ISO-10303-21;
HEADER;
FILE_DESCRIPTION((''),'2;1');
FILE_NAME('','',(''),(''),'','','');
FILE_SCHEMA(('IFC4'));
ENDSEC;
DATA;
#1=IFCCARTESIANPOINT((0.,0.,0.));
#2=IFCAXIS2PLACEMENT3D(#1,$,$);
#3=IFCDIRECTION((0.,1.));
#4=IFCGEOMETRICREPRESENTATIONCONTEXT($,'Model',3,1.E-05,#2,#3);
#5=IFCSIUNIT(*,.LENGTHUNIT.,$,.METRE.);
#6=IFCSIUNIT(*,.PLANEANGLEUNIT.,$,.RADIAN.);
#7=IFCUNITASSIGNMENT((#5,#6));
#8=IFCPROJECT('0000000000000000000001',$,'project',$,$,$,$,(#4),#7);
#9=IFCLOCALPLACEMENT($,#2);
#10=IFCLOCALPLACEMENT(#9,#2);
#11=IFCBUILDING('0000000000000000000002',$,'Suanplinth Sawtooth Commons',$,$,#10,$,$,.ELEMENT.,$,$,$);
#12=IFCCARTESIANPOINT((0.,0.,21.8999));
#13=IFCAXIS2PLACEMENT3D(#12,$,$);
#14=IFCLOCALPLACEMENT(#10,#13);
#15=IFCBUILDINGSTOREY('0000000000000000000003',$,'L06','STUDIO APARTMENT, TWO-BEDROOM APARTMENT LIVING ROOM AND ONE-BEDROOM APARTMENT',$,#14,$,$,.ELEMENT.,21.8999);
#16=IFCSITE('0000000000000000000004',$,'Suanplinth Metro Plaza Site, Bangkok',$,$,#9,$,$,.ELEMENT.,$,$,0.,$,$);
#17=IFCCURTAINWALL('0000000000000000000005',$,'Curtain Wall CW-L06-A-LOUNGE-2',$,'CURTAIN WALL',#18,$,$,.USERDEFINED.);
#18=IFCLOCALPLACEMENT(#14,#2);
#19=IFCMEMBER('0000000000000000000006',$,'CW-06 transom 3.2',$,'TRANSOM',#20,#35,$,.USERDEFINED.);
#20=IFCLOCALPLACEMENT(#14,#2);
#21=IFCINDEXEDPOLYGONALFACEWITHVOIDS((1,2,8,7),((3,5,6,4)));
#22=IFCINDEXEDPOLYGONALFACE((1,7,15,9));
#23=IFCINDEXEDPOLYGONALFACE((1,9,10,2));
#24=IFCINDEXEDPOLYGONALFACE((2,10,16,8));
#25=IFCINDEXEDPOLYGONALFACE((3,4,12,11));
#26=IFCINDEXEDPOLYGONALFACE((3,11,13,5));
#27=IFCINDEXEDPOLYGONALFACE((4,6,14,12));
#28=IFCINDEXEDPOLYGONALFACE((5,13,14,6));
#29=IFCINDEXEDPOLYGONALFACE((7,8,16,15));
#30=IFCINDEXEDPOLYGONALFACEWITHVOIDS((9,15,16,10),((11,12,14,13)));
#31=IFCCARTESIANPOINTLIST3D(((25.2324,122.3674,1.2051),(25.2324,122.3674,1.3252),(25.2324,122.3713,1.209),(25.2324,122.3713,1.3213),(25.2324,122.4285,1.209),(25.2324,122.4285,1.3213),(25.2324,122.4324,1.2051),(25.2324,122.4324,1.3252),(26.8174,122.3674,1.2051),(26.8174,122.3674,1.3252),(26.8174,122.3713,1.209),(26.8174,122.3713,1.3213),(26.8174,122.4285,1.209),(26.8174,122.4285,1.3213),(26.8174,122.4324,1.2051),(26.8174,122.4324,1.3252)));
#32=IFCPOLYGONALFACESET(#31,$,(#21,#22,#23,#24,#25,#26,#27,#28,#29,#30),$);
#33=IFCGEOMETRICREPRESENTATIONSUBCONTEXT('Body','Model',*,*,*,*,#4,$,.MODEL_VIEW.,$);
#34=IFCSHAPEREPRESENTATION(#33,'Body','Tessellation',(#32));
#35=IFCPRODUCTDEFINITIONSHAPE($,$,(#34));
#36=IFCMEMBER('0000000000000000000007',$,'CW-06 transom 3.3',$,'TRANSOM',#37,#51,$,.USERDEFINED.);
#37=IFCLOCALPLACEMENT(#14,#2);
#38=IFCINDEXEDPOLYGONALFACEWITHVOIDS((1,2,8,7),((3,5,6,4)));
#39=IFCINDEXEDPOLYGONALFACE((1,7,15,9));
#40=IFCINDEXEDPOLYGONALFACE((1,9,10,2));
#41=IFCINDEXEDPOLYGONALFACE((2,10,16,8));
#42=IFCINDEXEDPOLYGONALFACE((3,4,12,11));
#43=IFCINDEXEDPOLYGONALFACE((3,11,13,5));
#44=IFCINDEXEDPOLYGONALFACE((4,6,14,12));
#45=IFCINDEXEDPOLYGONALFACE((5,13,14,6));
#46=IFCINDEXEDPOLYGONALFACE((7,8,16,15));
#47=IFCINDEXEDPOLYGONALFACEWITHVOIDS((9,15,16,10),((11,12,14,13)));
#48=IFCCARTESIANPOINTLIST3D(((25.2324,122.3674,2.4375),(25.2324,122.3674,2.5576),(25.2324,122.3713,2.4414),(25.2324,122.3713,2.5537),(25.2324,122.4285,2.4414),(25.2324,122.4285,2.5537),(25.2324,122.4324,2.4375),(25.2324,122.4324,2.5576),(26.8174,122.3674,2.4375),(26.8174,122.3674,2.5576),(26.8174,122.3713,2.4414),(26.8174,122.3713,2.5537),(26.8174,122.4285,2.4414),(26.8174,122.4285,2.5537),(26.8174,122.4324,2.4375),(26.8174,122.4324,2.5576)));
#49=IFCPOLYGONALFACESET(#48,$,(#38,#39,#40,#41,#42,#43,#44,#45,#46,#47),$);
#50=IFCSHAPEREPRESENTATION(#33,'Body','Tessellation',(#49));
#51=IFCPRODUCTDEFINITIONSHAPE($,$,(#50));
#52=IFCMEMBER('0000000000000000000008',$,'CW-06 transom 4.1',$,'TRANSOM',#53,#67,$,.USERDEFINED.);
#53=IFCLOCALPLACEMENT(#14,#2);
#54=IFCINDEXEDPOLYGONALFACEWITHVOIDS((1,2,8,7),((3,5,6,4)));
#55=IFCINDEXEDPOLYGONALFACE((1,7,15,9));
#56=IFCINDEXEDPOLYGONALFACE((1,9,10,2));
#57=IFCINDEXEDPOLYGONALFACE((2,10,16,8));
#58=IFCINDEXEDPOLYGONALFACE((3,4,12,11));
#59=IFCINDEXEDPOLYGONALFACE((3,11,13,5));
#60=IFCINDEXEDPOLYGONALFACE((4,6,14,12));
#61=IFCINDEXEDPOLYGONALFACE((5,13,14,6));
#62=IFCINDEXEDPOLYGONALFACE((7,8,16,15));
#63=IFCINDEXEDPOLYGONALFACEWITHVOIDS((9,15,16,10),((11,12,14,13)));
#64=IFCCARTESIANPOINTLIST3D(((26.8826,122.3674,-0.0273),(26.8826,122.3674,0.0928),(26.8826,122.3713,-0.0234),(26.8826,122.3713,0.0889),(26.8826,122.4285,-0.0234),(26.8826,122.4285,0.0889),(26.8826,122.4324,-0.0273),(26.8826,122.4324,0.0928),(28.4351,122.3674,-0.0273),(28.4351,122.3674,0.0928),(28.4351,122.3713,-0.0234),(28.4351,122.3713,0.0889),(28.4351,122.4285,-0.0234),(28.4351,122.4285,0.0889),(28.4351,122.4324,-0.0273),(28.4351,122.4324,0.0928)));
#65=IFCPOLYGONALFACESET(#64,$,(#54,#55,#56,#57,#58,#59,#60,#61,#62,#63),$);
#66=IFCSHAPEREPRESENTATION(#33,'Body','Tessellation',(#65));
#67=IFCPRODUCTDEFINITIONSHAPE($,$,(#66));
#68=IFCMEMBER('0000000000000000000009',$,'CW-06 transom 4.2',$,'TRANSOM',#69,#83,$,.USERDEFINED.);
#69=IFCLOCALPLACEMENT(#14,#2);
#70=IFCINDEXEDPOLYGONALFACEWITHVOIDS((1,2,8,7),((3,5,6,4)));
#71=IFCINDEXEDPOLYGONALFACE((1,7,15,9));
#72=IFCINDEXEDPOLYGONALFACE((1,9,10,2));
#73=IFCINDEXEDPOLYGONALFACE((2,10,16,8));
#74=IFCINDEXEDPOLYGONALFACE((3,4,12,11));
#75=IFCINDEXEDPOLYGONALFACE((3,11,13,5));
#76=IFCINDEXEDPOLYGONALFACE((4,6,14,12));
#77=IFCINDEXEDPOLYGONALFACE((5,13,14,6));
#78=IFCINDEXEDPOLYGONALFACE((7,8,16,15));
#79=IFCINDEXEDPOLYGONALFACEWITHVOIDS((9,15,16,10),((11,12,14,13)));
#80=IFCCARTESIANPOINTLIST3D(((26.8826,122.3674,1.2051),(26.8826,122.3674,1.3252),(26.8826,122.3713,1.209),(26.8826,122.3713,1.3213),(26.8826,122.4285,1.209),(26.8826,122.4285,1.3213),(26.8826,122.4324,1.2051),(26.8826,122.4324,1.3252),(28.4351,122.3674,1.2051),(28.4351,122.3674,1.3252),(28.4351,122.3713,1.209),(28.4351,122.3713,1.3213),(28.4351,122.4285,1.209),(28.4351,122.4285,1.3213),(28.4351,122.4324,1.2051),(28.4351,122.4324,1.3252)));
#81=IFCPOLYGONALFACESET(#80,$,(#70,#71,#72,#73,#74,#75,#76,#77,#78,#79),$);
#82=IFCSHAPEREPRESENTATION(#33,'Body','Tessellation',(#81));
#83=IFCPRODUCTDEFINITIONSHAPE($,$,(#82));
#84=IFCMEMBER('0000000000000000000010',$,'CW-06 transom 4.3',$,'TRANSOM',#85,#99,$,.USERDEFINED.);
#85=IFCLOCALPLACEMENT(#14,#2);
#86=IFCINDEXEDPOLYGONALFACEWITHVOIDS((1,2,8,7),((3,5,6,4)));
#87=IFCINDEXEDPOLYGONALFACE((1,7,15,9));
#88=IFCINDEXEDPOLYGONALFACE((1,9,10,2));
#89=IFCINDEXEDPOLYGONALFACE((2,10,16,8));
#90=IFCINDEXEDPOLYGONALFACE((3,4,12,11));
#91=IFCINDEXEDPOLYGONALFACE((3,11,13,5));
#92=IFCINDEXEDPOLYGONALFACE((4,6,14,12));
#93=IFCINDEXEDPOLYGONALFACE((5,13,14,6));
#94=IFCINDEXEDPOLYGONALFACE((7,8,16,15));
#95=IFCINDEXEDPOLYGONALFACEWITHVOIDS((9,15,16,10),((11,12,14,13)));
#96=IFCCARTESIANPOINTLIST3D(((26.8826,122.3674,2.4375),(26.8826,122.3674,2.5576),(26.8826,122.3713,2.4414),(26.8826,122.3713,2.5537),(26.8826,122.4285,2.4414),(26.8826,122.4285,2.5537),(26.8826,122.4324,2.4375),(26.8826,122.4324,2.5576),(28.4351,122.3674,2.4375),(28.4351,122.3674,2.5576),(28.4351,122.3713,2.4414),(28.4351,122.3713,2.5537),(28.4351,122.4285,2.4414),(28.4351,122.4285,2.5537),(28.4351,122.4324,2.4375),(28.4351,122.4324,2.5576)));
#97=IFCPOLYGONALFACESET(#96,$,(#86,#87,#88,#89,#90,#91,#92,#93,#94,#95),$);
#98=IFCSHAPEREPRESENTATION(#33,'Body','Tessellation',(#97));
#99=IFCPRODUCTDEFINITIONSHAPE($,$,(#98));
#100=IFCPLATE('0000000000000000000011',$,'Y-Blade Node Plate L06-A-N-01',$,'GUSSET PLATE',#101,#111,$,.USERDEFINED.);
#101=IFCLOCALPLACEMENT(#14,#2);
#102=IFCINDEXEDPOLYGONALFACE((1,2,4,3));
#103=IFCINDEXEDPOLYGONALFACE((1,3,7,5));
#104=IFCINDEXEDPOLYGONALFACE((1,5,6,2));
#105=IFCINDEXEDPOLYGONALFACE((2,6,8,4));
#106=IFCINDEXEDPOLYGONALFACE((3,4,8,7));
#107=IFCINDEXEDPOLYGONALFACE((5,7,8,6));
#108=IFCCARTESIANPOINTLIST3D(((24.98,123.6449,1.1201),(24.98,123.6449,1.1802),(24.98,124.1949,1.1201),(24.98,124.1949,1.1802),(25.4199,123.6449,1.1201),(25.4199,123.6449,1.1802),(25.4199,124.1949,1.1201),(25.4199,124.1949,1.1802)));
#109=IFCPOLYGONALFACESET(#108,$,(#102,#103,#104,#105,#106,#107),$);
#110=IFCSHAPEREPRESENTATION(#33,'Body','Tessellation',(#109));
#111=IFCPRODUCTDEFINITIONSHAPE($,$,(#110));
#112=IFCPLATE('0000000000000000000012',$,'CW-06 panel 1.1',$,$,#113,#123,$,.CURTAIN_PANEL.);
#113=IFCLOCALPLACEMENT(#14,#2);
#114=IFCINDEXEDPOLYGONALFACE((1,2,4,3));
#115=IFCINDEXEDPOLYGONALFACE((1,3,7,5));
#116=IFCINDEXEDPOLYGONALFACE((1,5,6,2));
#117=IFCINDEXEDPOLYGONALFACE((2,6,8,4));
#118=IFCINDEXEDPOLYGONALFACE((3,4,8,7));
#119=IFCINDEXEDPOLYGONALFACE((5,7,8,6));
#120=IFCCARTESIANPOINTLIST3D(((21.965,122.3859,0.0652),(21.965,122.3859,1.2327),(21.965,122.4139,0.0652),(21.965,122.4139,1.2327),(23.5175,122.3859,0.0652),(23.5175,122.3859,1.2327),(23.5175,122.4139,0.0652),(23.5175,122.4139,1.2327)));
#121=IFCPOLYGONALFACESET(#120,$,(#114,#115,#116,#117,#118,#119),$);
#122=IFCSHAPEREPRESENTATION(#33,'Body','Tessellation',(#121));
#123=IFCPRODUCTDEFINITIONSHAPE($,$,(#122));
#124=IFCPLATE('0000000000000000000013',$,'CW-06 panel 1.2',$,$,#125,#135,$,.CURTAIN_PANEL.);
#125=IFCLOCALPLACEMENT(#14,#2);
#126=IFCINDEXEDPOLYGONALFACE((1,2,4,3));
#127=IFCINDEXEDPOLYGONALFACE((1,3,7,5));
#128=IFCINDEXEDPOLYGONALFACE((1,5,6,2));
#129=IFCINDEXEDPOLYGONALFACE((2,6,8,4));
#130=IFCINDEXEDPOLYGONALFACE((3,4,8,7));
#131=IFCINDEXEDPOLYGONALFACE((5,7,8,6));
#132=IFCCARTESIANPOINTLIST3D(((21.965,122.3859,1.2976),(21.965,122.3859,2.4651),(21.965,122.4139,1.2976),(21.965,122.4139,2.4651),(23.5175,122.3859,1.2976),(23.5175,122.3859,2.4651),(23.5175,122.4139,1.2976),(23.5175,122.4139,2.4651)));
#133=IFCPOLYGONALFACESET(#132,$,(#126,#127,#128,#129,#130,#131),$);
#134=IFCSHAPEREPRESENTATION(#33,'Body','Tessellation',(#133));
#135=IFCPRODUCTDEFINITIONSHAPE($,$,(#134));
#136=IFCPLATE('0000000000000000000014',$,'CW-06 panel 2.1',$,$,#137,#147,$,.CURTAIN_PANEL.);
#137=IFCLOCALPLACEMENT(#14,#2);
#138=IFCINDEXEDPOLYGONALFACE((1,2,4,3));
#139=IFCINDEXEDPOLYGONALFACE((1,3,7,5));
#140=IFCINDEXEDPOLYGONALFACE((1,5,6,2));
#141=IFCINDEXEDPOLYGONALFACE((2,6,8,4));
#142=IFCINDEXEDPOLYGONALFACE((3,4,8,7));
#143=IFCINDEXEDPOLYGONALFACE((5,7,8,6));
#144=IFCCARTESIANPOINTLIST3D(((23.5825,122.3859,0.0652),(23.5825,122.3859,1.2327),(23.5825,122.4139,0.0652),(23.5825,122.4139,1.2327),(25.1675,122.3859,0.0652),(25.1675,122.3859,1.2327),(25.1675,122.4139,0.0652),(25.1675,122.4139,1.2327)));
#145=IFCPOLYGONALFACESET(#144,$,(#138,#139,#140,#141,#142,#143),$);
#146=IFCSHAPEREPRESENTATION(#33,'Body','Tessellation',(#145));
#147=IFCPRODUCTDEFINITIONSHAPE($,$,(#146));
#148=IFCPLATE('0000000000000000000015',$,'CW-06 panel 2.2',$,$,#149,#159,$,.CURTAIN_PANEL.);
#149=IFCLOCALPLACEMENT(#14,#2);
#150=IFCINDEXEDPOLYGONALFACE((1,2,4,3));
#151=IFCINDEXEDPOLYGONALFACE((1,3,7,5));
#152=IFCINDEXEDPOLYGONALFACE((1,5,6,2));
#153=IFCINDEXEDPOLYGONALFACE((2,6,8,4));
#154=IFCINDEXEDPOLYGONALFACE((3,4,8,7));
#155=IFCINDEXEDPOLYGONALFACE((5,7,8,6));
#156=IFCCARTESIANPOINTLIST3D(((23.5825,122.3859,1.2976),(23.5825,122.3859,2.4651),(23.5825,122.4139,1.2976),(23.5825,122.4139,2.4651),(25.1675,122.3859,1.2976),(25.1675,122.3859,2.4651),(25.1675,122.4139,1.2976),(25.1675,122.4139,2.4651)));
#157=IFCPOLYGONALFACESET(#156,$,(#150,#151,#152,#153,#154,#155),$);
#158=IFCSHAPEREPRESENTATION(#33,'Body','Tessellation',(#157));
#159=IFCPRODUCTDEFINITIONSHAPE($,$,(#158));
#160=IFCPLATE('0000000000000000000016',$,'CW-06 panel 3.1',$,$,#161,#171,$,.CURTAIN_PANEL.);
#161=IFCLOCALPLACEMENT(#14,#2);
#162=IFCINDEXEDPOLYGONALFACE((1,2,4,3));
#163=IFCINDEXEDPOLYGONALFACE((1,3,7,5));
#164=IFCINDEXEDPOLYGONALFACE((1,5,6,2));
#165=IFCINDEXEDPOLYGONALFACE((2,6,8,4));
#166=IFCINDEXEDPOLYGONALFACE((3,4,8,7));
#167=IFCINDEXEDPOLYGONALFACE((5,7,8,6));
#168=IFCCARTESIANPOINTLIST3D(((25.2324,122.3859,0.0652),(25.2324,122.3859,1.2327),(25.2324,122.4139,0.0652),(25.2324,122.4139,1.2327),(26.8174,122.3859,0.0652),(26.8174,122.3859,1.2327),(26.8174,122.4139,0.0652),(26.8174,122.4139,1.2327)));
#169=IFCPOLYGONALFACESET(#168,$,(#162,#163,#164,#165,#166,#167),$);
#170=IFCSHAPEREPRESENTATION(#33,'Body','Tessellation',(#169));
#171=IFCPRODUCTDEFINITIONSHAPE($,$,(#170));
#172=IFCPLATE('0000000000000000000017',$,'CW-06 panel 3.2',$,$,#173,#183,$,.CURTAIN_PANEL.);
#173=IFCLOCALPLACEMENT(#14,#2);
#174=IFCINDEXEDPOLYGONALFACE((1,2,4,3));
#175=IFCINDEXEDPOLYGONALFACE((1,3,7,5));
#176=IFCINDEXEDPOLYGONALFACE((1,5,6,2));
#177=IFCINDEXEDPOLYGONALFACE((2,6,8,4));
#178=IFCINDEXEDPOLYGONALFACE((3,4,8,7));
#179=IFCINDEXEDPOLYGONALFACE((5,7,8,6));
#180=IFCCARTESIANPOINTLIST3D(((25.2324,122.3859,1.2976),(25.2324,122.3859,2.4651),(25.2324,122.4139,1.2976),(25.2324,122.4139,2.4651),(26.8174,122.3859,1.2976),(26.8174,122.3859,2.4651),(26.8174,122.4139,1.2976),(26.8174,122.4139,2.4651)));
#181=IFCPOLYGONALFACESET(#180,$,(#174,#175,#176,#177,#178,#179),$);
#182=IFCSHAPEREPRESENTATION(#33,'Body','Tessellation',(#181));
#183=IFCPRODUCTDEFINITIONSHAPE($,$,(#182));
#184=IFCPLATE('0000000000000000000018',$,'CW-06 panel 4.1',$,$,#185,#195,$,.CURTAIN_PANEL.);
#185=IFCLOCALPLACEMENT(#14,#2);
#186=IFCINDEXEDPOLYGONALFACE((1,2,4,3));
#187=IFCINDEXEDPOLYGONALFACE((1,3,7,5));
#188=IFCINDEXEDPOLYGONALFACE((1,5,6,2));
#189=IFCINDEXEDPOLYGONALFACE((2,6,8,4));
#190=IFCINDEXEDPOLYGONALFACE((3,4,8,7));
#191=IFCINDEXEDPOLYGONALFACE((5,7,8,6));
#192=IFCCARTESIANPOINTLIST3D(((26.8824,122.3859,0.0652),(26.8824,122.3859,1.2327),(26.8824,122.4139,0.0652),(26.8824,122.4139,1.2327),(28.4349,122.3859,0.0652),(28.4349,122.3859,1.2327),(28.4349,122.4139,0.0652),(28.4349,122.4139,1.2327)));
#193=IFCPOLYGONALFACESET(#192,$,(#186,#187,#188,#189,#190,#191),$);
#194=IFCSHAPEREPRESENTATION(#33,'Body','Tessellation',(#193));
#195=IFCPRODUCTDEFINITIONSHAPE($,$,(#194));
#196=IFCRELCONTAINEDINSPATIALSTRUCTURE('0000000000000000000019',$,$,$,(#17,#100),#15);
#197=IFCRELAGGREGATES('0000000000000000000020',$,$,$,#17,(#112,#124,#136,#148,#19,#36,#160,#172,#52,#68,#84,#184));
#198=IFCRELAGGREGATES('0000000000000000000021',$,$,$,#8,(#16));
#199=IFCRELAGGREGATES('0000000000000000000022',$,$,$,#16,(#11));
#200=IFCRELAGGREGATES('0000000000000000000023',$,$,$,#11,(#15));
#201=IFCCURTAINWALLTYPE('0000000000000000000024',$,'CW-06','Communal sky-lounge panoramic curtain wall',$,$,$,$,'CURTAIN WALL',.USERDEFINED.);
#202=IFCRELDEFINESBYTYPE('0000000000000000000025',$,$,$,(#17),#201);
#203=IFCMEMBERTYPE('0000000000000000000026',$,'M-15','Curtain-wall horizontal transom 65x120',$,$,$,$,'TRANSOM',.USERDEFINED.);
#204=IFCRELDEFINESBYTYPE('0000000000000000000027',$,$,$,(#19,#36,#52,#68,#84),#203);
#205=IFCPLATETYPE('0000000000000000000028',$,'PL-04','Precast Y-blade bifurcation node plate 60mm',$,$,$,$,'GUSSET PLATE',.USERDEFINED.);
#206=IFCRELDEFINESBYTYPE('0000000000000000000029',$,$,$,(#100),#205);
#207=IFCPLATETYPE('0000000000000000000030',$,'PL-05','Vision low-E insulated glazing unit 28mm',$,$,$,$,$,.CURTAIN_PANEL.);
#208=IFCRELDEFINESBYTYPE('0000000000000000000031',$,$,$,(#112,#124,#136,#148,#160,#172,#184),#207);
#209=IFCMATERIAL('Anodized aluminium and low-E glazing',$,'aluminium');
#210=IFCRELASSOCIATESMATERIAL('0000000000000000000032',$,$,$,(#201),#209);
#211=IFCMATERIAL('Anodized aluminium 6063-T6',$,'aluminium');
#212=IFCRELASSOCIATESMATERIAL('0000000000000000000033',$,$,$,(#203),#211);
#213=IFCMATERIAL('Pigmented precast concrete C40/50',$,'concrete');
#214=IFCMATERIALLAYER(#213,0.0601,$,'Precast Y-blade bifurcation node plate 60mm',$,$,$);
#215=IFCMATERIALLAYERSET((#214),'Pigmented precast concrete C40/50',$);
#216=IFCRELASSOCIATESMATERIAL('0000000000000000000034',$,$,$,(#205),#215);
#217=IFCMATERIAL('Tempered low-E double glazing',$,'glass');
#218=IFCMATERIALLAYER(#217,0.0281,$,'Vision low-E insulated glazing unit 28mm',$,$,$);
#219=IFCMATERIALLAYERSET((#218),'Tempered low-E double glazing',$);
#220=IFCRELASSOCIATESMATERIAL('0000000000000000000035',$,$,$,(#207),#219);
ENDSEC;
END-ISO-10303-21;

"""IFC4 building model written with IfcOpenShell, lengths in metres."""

from ifc_helpers import new_model, si_unit, direction, frame, origin, origin_2d, place, context, subcontext, project, spatial, rectangle, hollow_rectangle, extrude, material, layer, layer_set, material_profile, profile_set, type_object, element, aggregate, save


model = new_model("IFC4")

# Units and contexts
model_context = context("Model", 3, precision=1e-05, world=origin(), true_north=direction((0.0, 1.0)))
body_context = subcontext(model_context, "Body", "Model", "MODEL_VIEW")
ifc_project = project(units=[si_unit("LENGTHUNIT", "METRE"), si_unit("PLANEANGLEUNIT", "RADIAN")], contexts=[model_context])

# Site, building, storey
site_placement = place(None, origin())
site = spatial("IfcSite", under=ifc_project, at=site_placement, Name="Suanplinth Metro Plaza Site, Bangkok", CompositionType="ELEMENT", RefElevation=0.0)
building_placement = place(site_placement, origin())
building = spatial("IfcBuilding", under=site, at=building_placement, Name="Suanplinth Sawtooth Commons", CompositionType="ELEMENT")
storey_placement = place(building_placement, frame((0.0, 0.0, 21.8999)))
storey = spatial("IfcBuildingStorey", under=building, at=storey_placement, Name="L06", Description="STUDIO APARTMENT, TWO-BEDROOM APARTMENT LIVING ROOM AND ONE-BEDROOM APARTMENT", CompositionType="ELEMENT", Elevation=21.8999)

# Shared definitions
ifc_material_1 = material(Name="Pigmented precast concrete C40/50", Category="concrete")

# Curtain wall, members
ifc_material_2 = material(Name="Anodized aluminium and low-E glazing", Category="aluminium")
curtain_wall_type = type_object("IfcCurtainWallType", Name="CW-06", Description="Communal sky-lounge panoramic curtain wall", ElementType="CURTAIN WALL", PredefinedType="USERDEFINED", material=ifc_material_2)
curtain_wall_placement = place(storey_placement, origin())
curtain_wall = element("IfcCurtainWall", 1, at=curtain_wall_placement, inside=storey, type_object=curtain_wall_type, Name="Curtain Wall CW-L06-A-LOUNGE-2", ObjectType="CURTAIN WALL", PredefinedType="USERDEFINED")
ifc_material_3 = material(Name="Anodized aluminium 6063-T6", Category="aluminium")
ifc_material_profile_1 = material_profile(ifc_material_3, hollow_rectangle(XDim=0.0649, YDim=0.1201, WallThickness=0.0039, at=origin_2d()), Name="ALU-TRN 65x120")
ifc_profile_set_1 = profile_set([ifc_material_profile_1], Name="Anodized aluminium 6063-T6")
member_type_1 = type_object("IfcMemberType", Name="M-15", Description="Curtain-wall horizontal transom 65x120", ElementType="TRANSOM", PredefinedType="USERDEFINED", material=ifc_profile_set_1)
member_1_placement = place(storey_placement, frame((25.2324, 122.3999, 1.2651), z_axis=(1.0, 0.0, 0.0), x_axis=(0.0, 1.0, 0.0)))
member_1 = element("IfcMember", 2, at=member_1_placement, type_object=member_type_1, Name="CW-06 transom 3.2", ObjectType="TRANSOM", PredefinedType="USERDEFINED", context=body_context, shape_type="SweptSolid", body=[
    extrude(hollow_rectangle(XDim=0.0649, YDim=0.1201, WallThickness=0.0039, at=origin_2d()), origin(), (0.0, 0.0, 1.0), 1.585),
])
member_2_placement = place(storey_placement, frame((25.2324, 122.3999, 2.4976), z_axis=(1.0, 0.0, 0.0), x_axis=(0.0, 1.0, 0.0)))
member_2 = element("IfcMember", 3, at=member_2_placement, type_object=member_type_1, Name="CW-06 transom 3.3", ObjectType="TRANSOM", PredefinedType="USERDEFINED", context=body_context, shape_type="SweptSolid", body=[
    extrude(hollow_rectangle(XDim=0.0649, YDim=0.1201, WallThickness=0.0039, at=origin_2d()), origin(), (0.0, 0.0, 1.0), 1.585),
])
member_3_placement = place(storey_placement, frame((26.8826, 122.3999, 0.0327), z_axis=(1.0, 0.0, 0.0), x_axis=(0.0, 1.0, 0.0)))
member_3 = element("IfcMember", 4, at=member_3_placement, type_object=member_type_1, Name="CW-06 transom 4.1", ObjectType="TRANSOM", PredefinedType="USERDEFINED", context=body_context, shape_type="SweptSolid", body=[
    extrude(hollow_rectangle(XDim=0.0649, YDim=0.1201, WallThickness=0.0039, at=origin_2d()), origin(), (0.0, 0.0, 1.0), 1.5525),
])
member_4_placement = place(storey_placement, frame((26.8826, 122.3999, 1.2651), z_axis=(1.0, 0.0, 0.0), x_axis=(0.0, 1.0, 0.0)))
member_4 = element("IfcMember", 5, at=member_4_placement, type_object=member_type_1, Name="CW-06 transom 4.2", ObjectType="TRANSOM", PredefinedType="USERDEFINED", context=body_context, shape_type="SweptSolid", body=[
    extrude(hollow_rectangle(XDim=0.0649, YDim=0.1201, WallThickness=0.0039, at=origin_2d()), origin(), (0.0, 0.0, 1.0), 1.5525),
])
member_5_placement = place(storey_placement, frame((26.8826, 122.3999, 2.4976), z_axis=(1.0, 0.0, 0.0), x_axis=(0.0, 1.0, 0.0)))
member_5 = element("IfcMember", 6, at=member_5_placement, type_object=member_type_1, Name="CW-06 transom 4.3", ObjectType="TRANSOM", PredefinedType="USERDEFINED", context=body_context, shape_type="SweptSolid", body=[
    extrude(hollow_rectangle(XDim=0.0649, YDim=0.1201, WallThickness=0.0039, at=origin_2d()), origin(), (0.0, 0.0, 1.0), 1.5525),
])

# Plates
ifc_layer_1 = layer(ifc_material_1, 0.0601, Name="Precast Y-blade bifurcation node plate 60mm")
ifc_layer_set_1 = layer_set([ifc_layer_1], Name="Pigmented precast concrete C40/50")
plate_type_1 = type_object("IfcPlateType", Name="PL-04", Description="Precast Y-blade bifurcation node plate 60mm", ElementType="GUSSET PLATE", PredefinedType="USERDEFINED", material=ifc_layer_set_1)
plate_1_placement = place(storey_placement, frame((25.2, 123.9199, 1.1201), z_axis=(0.0, 0.0, 1.0), x_axis=(1.0, 0.0, 0.0)))
element("IfcPlate", 7, at=plate_1_placement, inside=storey, type_object=plate_type_1, Name="Y-Blade Node Plate L06-A-N-01", ObjectType="GUSSET PLATE", PredefinedType="USERDEFINED", context=body_context, shape_type="SweptSolid", body=[
    extrude(rectangle(XDim=0.4399, YDim=0.55, at=origin_2d()), origin(), (0.0, 0.0, 1.0), 0.0601),
])
ifc_material_4 = material(Name="Tempered low-E double glazing", Category="glass")
ifc_layer_2 = layer(ifc_material_4, 0.0281, Name="Vision low-E insulated glazing unit 28mm")
ifc_layer_set_2 = layer_set([ifc_layer_2], Name="Tempered low-E double glazing")
plate_type_2 = type_object("IfcPlateType", Name="PL-05", Description="Vision low-E insulated glazing unit 28mm", PredefinedType="CURTAIN_PANEL", material=ifc_layer_set_2)
plate_2_placement = place(storey_placement, frame((22.7412, 122.3999, 0.0652), z_axis=(0.0, 0.0, 1.0), x_axis=(1.0, 0.0, 0.0)))
plate_2 = element("IfcPlate", 8, at=plate_2_placement, type_object=plate_type_2, Name="CW-06 panel 1.1", PredefinedType="CURTAIN_PANEL", context=body_context, shape_type="SweptSolid", body=[
    extrude(rectangle(XDim=1.5525, YDim=0.0281, at=origin_2d()), origin(), (0.0, 0.0, 1.0), 1.1675),
])
plate_3_placement = place(storey_placement, frame((22.7412, 122.3999, 1.2976), z_axis=(0.0, 0.0, 1.0), x_axis=(1.0, 0.0, 0.0)))
plate_3 = element("IfcPlate", 9, at=plate_3_placement, type_object=plate_type_2, Name="CW-06 panel 1.2", PredefinedType="CURTAIN_PANEL", context=body_context, shape_type="SweptSolid", body=[
    extrude(rectangle(XDim=1.5525, YDim=0.0281, at=origin_2d()), origin(), (0.0, 0.0, 1.0), 1.1675),
])
plate_4_placement = place(storey_placement, frame((24.375, 122.3999, 0.0652), z_axis=(0.0, 0.0, 1.0), x_axis=(1.0, 0.0, 0.0)))
plate_4 = element("IfcPlate", 10, at=plate_4_placement, type_object=plate_type_2, Name="CW-06 panel 2.1", PredefinedType="CURTAIN_PANEL", context=body_context, shape_type="SweptSolid", body=[
    extrude(rectangle(XDim=1.585, YDim=0.0281, at=origin_2d()), origin(), (0.0, 0.0, 1.0), 1.1675),
])
plate_5_placement = place(storey_placement, frame((24.375, 122.3999, 1.2976), z_axis=(0.0, 0.0, 1.0), x_axis=(1.0, 0.0, 0.0)))
plate_5 = element("IfcPlate", 11, at=plate_5_placement, type_object=plate_type_2, Name="CW-06 panel 2.2", PredefinedType="CURTAIN_PANEL", context=body_context, shape_type="SweptSolid", body=[
    extrude(rectangle(XDim=1.585, YDim=0.0281, at=origin_2d()), origin(), (0.0, 0.0, 1.0), 1.1675),
])
plate_6_placement = place(storey_placement, frame((26.0249, 122.3999, 0.0652), z_axis=(0.0, 0.0, 1.0), x_axis=(1.0, 0.0, 0.0)))
plate_6 = element("IfcPlate", 12, at=plate_6_placement, type_object=plate_type_2, Name="CW-06 panel 3.1", PredefinedType="CURTAIN_PANEL", context=body_context, shape_type="SweptSolid", body=[
    extrude(rectangle(XDim=1.585, YDim=0.0281, at=origin_2d()), origin(), (0.0, 0.0, 1.0), 1.1675),
])
plate_7_placement = place(storey_placement, frame((26.0249, 122.3999, 1.2976), z_axis=(0.0, 0.0, 1.0), x_axis=(1.0, 0.0, 0.0)))
plate_7 = element("IfcPlate", 13, at=plate_7_placement, type_object=plate_type_2, Name="CW-06 panel 3.2", PredefinedType="CURTAIN_PANEL", context=body_context, shape_type="SweptSolid", body=[
    extrude(rectangle(XDim=1.585, YDim=0.0281, at=origin_2d()), origin(), (0.0, 0.0, 1.0), 1.1675),
])
plate_8_placement = place(storey_placement, frame((27.6587, 122.3999, 0.0652), z_axis=(0.0, 0.0, 1.0), x_axis=(1.0, 0.0, 0.0)))
plate_8 = element("IfcPlate", 14, at=plate_8_placement, type_object=plate_type_2, Name="CW-06 panel 4.1", PredefinedType="CURTAIN_PANEL", context=body_context, shape_type="SweptSolid", body=[
    extrude(rectangle(XDim=1.5525, YDim=0.0281, at=origin_2d()), origin(), (0.0, 0.0, 1.0), 1.1675),
])
aggregate(curtain_wall, [plate_2, plate_3, plate_4, plate_5, member_1, member_2, plate_6, plate_7, member_3, member_4, member_5, plate_8])

save(model, "model.ifc")
